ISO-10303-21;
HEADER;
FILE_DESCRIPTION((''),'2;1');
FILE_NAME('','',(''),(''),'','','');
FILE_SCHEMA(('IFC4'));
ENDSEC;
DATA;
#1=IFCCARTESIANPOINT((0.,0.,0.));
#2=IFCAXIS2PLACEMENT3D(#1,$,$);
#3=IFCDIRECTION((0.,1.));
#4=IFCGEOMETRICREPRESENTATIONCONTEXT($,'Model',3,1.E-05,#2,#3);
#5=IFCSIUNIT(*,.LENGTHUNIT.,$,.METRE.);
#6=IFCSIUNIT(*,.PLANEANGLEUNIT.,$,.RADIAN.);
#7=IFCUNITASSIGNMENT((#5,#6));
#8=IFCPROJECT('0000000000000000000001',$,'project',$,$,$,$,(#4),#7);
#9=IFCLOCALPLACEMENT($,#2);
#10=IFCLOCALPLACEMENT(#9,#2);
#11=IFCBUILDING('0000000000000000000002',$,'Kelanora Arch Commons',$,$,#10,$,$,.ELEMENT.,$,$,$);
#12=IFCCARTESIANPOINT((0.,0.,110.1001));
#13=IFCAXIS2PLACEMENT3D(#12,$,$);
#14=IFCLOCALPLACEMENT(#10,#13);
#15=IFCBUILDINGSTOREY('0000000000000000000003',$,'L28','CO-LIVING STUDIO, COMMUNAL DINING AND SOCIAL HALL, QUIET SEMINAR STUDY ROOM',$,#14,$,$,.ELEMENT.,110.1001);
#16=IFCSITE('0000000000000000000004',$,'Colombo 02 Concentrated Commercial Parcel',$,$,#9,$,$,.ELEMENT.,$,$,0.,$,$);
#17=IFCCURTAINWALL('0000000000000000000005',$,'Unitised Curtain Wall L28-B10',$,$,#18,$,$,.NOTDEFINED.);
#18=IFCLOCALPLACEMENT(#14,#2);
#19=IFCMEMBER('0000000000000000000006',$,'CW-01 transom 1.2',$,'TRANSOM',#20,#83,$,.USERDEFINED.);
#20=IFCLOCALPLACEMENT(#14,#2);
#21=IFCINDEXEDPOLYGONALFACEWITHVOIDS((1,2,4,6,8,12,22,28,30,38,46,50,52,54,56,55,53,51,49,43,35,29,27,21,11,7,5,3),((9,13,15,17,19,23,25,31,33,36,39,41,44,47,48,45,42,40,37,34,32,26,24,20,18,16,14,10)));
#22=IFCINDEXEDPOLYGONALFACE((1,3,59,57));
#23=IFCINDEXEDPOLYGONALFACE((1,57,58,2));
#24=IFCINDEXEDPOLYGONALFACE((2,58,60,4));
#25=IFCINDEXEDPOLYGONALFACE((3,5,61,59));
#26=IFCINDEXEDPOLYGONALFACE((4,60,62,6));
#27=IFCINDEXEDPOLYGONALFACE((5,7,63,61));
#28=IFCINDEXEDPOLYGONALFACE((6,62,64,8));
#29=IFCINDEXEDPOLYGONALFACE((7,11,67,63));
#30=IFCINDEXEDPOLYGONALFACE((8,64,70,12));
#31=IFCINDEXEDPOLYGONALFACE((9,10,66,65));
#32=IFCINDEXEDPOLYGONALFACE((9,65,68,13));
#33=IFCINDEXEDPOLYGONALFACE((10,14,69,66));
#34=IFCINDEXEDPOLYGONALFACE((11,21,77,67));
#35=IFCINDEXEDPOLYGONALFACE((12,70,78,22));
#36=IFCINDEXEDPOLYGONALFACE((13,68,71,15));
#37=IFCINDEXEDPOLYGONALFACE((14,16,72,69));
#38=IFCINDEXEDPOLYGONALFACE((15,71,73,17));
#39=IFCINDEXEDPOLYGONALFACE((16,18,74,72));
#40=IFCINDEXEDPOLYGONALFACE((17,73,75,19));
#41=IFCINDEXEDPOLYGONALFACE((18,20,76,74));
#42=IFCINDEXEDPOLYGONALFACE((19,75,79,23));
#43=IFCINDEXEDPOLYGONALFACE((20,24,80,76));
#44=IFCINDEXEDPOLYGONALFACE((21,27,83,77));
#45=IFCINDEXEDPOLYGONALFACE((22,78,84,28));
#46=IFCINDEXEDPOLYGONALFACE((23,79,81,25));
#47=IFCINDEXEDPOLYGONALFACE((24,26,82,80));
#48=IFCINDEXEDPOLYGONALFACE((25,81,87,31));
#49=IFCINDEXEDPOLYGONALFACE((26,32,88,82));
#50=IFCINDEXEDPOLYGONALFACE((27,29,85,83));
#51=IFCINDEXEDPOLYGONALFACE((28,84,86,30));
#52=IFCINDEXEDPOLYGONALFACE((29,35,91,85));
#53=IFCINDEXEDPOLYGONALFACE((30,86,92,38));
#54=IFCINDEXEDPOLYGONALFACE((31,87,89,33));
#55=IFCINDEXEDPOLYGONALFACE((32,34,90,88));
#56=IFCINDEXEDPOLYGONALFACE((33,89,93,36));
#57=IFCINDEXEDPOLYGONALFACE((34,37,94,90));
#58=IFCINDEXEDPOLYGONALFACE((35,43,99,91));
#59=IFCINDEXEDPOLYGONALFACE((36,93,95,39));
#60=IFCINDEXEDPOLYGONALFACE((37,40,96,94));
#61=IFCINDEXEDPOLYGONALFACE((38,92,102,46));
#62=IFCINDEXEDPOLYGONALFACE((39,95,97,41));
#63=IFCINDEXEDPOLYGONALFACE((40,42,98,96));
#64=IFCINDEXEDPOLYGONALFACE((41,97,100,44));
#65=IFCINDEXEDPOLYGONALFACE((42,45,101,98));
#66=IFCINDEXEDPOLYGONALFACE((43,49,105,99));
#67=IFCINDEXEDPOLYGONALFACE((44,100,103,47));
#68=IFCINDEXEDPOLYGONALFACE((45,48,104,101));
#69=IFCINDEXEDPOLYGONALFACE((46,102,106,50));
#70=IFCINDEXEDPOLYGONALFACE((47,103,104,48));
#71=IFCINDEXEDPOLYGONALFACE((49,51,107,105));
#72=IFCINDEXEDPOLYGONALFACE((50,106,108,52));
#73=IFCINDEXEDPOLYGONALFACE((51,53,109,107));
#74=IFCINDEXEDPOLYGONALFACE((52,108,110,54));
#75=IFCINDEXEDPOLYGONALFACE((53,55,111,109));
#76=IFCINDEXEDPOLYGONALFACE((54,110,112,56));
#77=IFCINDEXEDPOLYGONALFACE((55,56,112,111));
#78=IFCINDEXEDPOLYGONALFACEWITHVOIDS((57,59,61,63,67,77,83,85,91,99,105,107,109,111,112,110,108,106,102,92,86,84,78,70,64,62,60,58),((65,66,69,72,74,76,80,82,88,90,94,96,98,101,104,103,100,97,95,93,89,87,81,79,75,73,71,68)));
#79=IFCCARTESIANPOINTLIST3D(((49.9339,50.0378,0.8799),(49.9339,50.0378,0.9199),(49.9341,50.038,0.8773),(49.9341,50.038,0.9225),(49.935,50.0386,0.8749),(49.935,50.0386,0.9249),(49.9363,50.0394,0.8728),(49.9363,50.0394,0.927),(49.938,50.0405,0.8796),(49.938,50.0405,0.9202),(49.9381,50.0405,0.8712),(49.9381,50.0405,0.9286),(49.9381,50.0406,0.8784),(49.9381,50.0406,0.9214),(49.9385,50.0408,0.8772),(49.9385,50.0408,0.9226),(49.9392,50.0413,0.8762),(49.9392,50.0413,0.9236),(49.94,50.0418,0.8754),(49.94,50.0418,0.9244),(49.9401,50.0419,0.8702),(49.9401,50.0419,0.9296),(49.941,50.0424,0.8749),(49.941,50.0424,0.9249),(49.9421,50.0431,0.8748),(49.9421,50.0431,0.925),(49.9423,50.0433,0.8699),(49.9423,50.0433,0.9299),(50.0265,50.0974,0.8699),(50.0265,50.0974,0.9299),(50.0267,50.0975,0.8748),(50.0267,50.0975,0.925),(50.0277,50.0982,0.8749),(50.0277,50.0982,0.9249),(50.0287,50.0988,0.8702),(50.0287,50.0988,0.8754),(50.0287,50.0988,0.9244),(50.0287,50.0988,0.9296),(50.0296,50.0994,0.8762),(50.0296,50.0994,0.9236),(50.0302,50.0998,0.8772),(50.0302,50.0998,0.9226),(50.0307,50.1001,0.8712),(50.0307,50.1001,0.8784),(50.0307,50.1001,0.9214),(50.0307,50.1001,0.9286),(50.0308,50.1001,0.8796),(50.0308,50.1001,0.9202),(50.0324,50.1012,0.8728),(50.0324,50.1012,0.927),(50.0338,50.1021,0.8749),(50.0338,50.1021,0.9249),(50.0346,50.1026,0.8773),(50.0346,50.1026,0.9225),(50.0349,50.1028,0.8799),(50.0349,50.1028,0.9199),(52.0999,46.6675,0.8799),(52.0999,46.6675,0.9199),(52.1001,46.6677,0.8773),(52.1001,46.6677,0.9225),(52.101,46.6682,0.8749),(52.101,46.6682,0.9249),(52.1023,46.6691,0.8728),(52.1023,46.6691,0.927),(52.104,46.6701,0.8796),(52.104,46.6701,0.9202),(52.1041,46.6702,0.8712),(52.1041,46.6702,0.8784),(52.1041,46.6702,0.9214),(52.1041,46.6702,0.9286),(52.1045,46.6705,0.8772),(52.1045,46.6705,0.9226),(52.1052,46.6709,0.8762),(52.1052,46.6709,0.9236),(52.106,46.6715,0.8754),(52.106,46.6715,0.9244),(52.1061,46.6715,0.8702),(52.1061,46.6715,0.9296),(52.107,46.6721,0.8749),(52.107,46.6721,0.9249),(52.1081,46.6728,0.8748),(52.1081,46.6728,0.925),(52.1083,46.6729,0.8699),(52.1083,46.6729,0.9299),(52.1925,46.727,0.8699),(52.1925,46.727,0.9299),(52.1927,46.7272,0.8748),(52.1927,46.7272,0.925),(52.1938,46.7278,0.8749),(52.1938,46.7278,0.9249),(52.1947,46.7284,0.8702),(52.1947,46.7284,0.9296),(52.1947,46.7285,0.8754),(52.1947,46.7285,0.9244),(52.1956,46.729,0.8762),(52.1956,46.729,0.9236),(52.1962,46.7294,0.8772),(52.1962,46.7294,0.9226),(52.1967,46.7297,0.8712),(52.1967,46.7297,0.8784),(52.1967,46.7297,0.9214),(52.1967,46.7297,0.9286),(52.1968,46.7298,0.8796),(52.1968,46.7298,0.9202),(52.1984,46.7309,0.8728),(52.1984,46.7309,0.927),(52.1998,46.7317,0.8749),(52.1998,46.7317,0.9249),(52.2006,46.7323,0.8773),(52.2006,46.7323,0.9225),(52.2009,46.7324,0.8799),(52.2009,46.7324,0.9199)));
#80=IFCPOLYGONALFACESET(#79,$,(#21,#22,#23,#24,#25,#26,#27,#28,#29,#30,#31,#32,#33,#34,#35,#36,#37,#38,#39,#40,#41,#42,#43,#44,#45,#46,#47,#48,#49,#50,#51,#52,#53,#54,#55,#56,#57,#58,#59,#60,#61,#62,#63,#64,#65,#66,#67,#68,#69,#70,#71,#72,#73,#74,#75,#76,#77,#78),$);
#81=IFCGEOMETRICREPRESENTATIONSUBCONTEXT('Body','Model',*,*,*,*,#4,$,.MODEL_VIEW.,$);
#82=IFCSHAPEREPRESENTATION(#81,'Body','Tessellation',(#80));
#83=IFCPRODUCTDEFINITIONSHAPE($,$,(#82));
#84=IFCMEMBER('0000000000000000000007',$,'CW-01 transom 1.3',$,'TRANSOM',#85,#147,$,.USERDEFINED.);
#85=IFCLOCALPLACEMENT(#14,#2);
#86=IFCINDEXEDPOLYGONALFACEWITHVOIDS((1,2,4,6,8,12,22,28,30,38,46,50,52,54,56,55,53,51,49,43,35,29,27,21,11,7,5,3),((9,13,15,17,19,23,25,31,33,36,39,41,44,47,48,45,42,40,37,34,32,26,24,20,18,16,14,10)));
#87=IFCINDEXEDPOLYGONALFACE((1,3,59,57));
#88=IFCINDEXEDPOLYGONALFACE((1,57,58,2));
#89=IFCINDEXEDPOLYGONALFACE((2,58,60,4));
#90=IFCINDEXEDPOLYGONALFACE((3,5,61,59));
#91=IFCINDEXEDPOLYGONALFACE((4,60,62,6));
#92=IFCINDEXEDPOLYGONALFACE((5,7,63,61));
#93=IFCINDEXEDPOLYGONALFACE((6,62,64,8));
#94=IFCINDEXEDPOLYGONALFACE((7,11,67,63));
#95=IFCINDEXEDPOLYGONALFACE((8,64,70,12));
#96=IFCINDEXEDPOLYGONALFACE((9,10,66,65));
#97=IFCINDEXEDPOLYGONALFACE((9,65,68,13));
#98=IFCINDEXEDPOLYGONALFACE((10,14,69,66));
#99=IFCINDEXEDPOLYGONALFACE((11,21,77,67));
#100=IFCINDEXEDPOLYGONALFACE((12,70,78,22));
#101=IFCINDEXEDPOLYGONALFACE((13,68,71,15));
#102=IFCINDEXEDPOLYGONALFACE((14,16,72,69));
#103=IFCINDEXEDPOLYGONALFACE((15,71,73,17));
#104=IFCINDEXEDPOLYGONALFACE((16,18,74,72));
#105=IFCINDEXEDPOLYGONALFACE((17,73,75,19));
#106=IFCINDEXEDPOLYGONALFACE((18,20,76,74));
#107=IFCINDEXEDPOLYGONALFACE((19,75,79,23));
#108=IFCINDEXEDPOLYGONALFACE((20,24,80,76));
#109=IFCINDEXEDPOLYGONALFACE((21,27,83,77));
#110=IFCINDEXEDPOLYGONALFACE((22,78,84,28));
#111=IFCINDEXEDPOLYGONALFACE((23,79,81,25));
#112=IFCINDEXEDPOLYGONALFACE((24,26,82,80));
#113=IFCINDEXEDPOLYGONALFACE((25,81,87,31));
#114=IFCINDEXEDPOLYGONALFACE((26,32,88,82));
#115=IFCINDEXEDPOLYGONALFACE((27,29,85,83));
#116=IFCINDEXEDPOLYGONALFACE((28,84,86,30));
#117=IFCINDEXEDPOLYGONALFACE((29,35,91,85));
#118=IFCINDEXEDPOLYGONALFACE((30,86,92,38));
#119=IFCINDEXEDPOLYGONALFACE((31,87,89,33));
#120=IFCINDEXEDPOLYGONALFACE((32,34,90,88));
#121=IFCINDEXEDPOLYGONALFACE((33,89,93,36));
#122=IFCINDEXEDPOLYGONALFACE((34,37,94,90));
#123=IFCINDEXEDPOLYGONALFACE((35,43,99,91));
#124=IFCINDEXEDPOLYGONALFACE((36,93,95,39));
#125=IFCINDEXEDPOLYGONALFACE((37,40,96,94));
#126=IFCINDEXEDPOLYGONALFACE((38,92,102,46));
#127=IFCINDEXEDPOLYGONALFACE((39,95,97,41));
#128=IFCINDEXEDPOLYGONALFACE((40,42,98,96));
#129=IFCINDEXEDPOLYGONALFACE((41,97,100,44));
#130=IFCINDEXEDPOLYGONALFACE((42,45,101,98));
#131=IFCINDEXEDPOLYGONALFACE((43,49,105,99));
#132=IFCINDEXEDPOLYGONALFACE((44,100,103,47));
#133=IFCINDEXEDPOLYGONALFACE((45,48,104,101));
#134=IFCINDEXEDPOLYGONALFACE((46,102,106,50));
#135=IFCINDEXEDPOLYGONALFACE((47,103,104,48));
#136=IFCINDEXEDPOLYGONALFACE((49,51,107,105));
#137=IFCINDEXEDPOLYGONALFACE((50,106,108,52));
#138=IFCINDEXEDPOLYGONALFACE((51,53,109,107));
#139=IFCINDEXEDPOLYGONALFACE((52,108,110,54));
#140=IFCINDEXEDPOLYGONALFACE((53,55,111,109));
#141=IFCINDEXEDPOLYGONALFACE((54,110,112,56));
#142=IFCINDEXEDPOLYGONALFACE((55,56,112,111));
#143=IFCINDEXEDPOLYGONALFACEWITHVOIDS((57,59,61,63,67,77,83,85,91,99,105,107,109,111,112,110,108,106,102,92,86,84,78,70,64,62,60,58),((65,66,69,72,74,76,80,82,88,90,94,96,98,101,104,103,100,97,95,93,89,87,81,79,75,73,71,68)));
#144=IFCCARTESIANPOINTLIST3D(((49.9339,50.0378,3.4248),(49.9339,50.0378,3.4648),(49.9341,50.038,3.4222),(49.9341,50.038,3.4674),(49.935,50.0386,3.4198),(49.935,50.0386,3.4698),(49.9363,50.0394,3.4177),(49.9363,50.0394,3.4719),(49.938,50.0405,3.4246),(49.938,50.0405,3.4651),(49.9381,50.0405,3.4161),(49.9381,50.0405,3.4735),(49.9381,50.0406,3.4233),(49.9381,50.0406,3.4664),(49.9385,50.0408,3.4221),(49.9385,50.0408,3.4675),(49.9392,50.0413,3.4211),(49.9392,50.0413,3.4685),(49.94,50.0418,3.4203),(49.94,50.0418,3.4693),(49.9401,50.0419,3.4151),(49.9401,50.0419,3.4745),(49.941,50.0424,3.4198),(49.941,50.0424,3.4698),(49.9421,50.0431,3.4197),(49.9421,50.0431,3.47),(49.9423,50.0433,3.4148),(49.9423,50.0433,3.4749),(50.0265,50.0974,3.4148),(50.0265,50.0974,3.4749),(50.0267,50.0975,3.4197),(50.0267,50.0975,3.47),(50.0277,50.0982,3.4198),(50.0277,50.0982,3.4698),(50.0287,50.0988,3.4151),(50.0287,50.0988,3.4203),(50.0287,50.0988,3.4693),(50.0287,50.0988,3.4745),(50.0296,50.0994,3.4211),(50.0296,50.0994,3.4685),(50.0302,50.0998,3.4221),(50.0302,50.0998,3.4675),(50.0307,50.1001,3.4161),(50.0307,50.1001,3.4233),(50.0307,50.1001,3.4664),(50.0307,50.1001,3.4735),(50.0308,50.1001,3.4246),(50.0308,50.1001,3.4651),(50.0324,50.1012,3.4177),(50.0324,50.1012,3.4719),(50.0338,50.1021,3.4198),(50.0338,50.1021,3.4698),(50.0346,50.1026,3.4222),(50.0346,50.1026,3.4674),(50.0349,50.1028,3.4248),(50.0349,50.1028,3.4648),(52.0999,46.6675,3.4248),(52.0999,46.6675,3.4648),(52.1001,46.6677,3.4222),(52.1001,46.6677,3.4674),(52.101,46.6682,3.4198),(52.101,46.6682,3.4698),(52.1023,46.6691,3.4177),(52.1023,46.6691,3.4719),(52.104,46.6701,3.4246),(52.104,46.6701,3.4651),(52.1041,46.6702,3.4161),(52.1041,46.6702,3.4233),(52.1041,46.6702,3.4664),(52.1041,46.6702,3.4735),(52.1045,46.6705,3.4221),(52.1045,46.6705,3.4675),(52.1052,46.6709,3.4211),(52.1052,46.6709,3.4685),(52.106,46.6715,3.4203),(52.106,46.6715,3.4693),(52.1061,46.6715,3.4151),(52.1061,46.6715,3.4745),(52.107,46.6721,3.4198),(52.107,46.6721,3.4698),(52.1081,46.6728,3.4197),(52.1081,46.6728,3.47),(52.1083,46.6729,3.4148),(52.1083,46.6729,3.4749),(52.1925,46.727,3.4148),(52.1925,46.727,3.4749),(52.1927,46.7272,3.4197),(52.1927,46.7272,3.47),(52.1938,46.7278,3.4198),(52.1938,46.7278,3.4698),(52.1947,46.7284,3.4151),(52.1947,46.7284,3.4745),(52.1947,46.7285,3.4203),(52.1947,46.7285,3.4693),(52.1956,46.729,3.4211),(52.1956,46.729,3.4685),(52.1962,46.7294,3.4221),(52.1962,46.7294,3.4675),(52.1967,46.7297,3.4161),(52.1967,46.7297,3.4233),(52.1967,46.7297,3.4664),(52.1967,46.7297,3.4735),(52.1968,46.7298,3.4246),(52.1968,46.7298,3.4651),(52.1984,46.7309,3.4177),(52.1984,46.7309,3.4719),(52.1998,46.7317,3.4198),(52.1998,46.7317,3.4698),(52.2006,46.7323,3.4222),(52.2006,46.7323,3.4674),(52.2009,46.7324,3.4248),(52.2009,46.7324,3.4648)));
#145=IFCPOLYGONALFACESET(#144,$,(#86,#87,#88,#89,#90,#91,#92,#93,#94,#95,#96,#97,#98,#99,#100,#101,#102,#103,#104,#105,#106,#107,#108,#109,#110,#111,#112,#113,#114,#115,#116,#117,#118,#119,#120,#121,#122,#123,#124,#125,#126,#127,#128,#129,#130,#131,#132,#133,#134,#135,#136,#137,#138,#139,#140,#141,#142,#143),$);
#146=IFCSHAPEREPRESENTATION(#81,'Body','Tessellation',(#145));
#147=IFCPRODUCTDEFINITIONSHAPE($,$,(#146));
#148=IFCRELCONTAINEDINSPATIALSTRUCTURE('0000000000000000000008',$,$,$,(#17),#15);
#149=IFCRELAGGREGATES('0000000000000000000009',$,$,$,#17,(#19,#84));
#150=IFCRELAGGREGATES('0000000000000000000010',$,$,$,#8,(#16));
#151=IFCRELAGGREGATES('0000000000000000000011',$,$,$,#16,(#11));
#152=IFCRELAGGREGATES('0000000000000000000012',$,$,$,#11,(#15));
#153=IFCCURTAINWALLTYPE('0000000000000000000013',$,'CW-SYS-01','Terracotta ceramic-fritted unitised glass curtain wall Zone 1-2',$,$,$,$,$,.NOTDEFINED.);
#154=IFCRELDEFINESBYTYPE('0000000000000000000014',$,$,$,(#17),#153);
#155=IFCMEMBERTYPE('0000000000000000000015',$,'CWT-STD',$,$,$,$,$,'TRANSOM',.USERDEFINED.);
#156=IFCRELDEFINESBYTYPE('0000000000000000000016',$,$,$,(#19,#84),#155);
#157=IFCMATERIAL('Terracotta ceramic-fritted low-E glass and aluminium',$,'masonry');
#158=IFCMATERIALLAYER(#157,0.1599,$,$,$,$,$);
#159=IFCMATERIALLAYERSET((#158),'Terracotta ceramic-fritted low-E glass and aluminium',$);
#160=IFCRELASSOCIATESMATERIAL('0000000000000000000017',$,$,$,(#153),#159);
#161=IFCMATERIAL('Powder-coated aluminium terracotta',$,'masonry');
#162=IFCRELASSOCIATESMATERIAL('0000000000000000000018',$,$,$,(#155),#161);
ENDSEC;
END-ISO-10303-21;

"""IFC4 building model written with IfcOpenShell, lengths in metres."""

from ifc_helpers import new_model, si_unit, direction, frame, origin, origin_2d, place, context, subcontext, project, spatial, hollow_rectangle, extrude, material, layer, layer_set, material_profile, profile_set, type_object, element, aggregate, save


model = new_model("IFC4")

# Units and contexts
model_context = context("Model", 3, precision=1e-05, world=origin(), true_north=direction((0.0, 1.0)))
body_context = subcontext(model_context, "Body", "Model", "MODEL_VIEW")
ifc_project = project(units=[si_unit("LENGTHUNIT", "METRE"), si_unit("PLANEANGLEUNIT", "RADIAN")], contexts=[model_context])

# Site, building, storey
site_placement = place(None, origin())
site = spatial("IfcSite", under=ifc_project, at=site_placement, Name="Colombo 02 Concentrated Commercial Parcel", CompositionType="ELEMENT", RefElevation=0.0)
building_placement = place(site_placement, origin())
building = spatial("IfcBuilding", under=site, at=building_placement, Name="Kelanora Arch Commons", CompositionType="ELEMENT")
storey_placement = place(building_placement, frame((0.0, 0.0, 110.1001)))
storey = spatial("IfcBuildingStorey", under=building, at=storey_placement, Name="L28", Description="CO-LIVING STUDIO, COMMUNAL DINING AND SOCIAL HALL, QUIET SEMINAR STUDY ROOM", CompositionType="ELEMENT", Elevation=110.1001)

# Shared definitions
ifc_material_1 = material(Name="Terracotta ceramic-fritted low-E glass and aluminium", Category="masonry")
ifc_layer_1 = layer(ifc_material_1, 0.1599)
ifc_layer_set_1 = layer_set([ifc_layer_1], Name="Terracotta ceramic-fritted low-E glass and aluminium")
curtain_wall_type = type_object("IfcCurtainWallType", Name="CW-SYS-01", Description="Terracotta ceramic-fritted unitised glass curtain wall Zone 1-2", PredefinedType="NOTDEFINED", material=ifc_layer_set_1)
ifc_material_2 = material(Name="Powder-coated aluminium terracotta", Category="masonry")

# Curtain wall, members
curtain_wall_1_placement = place(storey_placement, origin())
curtain_wall_1 = element("IfcCurtainWall", 1, at=curtain_wall_1_placement, inside=storey, type_object=curtain_wall_type, Name="Unitised Curtain Wall L28-B10", PredefinedType="NOTDEFINED")
ifc_material_profile_1 = material_profile(ifc_material_2, hollow_rectangle(XDim=0.1201, YDim=0.0601, WallThickness=0.0049, InnerFilletRadius=0.0049, OuterFilletRadius=0.01, at=origin_2d()), Name="CWT120x60")
ifc_profile_set_1 = profile_set([ifc_material_profile_1], Name="Powder-coated aluminium terracotta")
member_type_1 = type_object("IfcMemberType", Name="CWT-STD", ElementType="TRANSOM", PredefinedType="USERDEFINED", material=ifc_profile_set_1)
member_1_placement = place(storey_placement, frame((49.9844, 50.0703, 0.8999), z_axis=(0.540644, -0.841252, 0.0), x_axis=(0.841252, 0.540644, 0.0)))
member_1 = element("IfcMember", 2, at=member_1_placement, type_object=member_type_1, Name="CW-01 transom 1.2", ObjectType="TRANSOM", PredefinedType="USERDEFINED", context=body_context, shape_type="SweptSolid", body=[
    extrude(hollow_rectangle(XDim=0.1201, YDim=0.0601, WallThickness=0.0049, InnerFilletRadius=0.0049, OuterFilletRadius=0.01, at=origin_2d()), origin(), (0.0, 0.0, 1.0), 4.0063),
])
member_2_placement = place(storey_placement, frame((49.9844, 50.0703, 3.4448), z_axis=(0.540644, -0.841252, 0.0), x_axis=(0.841252, 0.540644, 0.0)))
member_2 = element("IfcMember", 3, at=member_2_placement, type_object=member_type_1, Name="CW-01 transom 1.3", ObjectType="TRANSOM", PredefinedType="USERDEFINED", context=body_context, shape_type="SweptSolid", body=[
    extrude(hollow_rectangle(XDim=0.1201, YDim=0.0601, WallThickness=0.0049, InnerFilletRadius=0.0049, OuterFilletRadius=0.01, at=origin_2d()), origin(), (0.0, 0.0, 1.0), 4.0063),
])

aggregate(curtain_wall_1, [member_1, member_2])

save(model, "model.ifc")
